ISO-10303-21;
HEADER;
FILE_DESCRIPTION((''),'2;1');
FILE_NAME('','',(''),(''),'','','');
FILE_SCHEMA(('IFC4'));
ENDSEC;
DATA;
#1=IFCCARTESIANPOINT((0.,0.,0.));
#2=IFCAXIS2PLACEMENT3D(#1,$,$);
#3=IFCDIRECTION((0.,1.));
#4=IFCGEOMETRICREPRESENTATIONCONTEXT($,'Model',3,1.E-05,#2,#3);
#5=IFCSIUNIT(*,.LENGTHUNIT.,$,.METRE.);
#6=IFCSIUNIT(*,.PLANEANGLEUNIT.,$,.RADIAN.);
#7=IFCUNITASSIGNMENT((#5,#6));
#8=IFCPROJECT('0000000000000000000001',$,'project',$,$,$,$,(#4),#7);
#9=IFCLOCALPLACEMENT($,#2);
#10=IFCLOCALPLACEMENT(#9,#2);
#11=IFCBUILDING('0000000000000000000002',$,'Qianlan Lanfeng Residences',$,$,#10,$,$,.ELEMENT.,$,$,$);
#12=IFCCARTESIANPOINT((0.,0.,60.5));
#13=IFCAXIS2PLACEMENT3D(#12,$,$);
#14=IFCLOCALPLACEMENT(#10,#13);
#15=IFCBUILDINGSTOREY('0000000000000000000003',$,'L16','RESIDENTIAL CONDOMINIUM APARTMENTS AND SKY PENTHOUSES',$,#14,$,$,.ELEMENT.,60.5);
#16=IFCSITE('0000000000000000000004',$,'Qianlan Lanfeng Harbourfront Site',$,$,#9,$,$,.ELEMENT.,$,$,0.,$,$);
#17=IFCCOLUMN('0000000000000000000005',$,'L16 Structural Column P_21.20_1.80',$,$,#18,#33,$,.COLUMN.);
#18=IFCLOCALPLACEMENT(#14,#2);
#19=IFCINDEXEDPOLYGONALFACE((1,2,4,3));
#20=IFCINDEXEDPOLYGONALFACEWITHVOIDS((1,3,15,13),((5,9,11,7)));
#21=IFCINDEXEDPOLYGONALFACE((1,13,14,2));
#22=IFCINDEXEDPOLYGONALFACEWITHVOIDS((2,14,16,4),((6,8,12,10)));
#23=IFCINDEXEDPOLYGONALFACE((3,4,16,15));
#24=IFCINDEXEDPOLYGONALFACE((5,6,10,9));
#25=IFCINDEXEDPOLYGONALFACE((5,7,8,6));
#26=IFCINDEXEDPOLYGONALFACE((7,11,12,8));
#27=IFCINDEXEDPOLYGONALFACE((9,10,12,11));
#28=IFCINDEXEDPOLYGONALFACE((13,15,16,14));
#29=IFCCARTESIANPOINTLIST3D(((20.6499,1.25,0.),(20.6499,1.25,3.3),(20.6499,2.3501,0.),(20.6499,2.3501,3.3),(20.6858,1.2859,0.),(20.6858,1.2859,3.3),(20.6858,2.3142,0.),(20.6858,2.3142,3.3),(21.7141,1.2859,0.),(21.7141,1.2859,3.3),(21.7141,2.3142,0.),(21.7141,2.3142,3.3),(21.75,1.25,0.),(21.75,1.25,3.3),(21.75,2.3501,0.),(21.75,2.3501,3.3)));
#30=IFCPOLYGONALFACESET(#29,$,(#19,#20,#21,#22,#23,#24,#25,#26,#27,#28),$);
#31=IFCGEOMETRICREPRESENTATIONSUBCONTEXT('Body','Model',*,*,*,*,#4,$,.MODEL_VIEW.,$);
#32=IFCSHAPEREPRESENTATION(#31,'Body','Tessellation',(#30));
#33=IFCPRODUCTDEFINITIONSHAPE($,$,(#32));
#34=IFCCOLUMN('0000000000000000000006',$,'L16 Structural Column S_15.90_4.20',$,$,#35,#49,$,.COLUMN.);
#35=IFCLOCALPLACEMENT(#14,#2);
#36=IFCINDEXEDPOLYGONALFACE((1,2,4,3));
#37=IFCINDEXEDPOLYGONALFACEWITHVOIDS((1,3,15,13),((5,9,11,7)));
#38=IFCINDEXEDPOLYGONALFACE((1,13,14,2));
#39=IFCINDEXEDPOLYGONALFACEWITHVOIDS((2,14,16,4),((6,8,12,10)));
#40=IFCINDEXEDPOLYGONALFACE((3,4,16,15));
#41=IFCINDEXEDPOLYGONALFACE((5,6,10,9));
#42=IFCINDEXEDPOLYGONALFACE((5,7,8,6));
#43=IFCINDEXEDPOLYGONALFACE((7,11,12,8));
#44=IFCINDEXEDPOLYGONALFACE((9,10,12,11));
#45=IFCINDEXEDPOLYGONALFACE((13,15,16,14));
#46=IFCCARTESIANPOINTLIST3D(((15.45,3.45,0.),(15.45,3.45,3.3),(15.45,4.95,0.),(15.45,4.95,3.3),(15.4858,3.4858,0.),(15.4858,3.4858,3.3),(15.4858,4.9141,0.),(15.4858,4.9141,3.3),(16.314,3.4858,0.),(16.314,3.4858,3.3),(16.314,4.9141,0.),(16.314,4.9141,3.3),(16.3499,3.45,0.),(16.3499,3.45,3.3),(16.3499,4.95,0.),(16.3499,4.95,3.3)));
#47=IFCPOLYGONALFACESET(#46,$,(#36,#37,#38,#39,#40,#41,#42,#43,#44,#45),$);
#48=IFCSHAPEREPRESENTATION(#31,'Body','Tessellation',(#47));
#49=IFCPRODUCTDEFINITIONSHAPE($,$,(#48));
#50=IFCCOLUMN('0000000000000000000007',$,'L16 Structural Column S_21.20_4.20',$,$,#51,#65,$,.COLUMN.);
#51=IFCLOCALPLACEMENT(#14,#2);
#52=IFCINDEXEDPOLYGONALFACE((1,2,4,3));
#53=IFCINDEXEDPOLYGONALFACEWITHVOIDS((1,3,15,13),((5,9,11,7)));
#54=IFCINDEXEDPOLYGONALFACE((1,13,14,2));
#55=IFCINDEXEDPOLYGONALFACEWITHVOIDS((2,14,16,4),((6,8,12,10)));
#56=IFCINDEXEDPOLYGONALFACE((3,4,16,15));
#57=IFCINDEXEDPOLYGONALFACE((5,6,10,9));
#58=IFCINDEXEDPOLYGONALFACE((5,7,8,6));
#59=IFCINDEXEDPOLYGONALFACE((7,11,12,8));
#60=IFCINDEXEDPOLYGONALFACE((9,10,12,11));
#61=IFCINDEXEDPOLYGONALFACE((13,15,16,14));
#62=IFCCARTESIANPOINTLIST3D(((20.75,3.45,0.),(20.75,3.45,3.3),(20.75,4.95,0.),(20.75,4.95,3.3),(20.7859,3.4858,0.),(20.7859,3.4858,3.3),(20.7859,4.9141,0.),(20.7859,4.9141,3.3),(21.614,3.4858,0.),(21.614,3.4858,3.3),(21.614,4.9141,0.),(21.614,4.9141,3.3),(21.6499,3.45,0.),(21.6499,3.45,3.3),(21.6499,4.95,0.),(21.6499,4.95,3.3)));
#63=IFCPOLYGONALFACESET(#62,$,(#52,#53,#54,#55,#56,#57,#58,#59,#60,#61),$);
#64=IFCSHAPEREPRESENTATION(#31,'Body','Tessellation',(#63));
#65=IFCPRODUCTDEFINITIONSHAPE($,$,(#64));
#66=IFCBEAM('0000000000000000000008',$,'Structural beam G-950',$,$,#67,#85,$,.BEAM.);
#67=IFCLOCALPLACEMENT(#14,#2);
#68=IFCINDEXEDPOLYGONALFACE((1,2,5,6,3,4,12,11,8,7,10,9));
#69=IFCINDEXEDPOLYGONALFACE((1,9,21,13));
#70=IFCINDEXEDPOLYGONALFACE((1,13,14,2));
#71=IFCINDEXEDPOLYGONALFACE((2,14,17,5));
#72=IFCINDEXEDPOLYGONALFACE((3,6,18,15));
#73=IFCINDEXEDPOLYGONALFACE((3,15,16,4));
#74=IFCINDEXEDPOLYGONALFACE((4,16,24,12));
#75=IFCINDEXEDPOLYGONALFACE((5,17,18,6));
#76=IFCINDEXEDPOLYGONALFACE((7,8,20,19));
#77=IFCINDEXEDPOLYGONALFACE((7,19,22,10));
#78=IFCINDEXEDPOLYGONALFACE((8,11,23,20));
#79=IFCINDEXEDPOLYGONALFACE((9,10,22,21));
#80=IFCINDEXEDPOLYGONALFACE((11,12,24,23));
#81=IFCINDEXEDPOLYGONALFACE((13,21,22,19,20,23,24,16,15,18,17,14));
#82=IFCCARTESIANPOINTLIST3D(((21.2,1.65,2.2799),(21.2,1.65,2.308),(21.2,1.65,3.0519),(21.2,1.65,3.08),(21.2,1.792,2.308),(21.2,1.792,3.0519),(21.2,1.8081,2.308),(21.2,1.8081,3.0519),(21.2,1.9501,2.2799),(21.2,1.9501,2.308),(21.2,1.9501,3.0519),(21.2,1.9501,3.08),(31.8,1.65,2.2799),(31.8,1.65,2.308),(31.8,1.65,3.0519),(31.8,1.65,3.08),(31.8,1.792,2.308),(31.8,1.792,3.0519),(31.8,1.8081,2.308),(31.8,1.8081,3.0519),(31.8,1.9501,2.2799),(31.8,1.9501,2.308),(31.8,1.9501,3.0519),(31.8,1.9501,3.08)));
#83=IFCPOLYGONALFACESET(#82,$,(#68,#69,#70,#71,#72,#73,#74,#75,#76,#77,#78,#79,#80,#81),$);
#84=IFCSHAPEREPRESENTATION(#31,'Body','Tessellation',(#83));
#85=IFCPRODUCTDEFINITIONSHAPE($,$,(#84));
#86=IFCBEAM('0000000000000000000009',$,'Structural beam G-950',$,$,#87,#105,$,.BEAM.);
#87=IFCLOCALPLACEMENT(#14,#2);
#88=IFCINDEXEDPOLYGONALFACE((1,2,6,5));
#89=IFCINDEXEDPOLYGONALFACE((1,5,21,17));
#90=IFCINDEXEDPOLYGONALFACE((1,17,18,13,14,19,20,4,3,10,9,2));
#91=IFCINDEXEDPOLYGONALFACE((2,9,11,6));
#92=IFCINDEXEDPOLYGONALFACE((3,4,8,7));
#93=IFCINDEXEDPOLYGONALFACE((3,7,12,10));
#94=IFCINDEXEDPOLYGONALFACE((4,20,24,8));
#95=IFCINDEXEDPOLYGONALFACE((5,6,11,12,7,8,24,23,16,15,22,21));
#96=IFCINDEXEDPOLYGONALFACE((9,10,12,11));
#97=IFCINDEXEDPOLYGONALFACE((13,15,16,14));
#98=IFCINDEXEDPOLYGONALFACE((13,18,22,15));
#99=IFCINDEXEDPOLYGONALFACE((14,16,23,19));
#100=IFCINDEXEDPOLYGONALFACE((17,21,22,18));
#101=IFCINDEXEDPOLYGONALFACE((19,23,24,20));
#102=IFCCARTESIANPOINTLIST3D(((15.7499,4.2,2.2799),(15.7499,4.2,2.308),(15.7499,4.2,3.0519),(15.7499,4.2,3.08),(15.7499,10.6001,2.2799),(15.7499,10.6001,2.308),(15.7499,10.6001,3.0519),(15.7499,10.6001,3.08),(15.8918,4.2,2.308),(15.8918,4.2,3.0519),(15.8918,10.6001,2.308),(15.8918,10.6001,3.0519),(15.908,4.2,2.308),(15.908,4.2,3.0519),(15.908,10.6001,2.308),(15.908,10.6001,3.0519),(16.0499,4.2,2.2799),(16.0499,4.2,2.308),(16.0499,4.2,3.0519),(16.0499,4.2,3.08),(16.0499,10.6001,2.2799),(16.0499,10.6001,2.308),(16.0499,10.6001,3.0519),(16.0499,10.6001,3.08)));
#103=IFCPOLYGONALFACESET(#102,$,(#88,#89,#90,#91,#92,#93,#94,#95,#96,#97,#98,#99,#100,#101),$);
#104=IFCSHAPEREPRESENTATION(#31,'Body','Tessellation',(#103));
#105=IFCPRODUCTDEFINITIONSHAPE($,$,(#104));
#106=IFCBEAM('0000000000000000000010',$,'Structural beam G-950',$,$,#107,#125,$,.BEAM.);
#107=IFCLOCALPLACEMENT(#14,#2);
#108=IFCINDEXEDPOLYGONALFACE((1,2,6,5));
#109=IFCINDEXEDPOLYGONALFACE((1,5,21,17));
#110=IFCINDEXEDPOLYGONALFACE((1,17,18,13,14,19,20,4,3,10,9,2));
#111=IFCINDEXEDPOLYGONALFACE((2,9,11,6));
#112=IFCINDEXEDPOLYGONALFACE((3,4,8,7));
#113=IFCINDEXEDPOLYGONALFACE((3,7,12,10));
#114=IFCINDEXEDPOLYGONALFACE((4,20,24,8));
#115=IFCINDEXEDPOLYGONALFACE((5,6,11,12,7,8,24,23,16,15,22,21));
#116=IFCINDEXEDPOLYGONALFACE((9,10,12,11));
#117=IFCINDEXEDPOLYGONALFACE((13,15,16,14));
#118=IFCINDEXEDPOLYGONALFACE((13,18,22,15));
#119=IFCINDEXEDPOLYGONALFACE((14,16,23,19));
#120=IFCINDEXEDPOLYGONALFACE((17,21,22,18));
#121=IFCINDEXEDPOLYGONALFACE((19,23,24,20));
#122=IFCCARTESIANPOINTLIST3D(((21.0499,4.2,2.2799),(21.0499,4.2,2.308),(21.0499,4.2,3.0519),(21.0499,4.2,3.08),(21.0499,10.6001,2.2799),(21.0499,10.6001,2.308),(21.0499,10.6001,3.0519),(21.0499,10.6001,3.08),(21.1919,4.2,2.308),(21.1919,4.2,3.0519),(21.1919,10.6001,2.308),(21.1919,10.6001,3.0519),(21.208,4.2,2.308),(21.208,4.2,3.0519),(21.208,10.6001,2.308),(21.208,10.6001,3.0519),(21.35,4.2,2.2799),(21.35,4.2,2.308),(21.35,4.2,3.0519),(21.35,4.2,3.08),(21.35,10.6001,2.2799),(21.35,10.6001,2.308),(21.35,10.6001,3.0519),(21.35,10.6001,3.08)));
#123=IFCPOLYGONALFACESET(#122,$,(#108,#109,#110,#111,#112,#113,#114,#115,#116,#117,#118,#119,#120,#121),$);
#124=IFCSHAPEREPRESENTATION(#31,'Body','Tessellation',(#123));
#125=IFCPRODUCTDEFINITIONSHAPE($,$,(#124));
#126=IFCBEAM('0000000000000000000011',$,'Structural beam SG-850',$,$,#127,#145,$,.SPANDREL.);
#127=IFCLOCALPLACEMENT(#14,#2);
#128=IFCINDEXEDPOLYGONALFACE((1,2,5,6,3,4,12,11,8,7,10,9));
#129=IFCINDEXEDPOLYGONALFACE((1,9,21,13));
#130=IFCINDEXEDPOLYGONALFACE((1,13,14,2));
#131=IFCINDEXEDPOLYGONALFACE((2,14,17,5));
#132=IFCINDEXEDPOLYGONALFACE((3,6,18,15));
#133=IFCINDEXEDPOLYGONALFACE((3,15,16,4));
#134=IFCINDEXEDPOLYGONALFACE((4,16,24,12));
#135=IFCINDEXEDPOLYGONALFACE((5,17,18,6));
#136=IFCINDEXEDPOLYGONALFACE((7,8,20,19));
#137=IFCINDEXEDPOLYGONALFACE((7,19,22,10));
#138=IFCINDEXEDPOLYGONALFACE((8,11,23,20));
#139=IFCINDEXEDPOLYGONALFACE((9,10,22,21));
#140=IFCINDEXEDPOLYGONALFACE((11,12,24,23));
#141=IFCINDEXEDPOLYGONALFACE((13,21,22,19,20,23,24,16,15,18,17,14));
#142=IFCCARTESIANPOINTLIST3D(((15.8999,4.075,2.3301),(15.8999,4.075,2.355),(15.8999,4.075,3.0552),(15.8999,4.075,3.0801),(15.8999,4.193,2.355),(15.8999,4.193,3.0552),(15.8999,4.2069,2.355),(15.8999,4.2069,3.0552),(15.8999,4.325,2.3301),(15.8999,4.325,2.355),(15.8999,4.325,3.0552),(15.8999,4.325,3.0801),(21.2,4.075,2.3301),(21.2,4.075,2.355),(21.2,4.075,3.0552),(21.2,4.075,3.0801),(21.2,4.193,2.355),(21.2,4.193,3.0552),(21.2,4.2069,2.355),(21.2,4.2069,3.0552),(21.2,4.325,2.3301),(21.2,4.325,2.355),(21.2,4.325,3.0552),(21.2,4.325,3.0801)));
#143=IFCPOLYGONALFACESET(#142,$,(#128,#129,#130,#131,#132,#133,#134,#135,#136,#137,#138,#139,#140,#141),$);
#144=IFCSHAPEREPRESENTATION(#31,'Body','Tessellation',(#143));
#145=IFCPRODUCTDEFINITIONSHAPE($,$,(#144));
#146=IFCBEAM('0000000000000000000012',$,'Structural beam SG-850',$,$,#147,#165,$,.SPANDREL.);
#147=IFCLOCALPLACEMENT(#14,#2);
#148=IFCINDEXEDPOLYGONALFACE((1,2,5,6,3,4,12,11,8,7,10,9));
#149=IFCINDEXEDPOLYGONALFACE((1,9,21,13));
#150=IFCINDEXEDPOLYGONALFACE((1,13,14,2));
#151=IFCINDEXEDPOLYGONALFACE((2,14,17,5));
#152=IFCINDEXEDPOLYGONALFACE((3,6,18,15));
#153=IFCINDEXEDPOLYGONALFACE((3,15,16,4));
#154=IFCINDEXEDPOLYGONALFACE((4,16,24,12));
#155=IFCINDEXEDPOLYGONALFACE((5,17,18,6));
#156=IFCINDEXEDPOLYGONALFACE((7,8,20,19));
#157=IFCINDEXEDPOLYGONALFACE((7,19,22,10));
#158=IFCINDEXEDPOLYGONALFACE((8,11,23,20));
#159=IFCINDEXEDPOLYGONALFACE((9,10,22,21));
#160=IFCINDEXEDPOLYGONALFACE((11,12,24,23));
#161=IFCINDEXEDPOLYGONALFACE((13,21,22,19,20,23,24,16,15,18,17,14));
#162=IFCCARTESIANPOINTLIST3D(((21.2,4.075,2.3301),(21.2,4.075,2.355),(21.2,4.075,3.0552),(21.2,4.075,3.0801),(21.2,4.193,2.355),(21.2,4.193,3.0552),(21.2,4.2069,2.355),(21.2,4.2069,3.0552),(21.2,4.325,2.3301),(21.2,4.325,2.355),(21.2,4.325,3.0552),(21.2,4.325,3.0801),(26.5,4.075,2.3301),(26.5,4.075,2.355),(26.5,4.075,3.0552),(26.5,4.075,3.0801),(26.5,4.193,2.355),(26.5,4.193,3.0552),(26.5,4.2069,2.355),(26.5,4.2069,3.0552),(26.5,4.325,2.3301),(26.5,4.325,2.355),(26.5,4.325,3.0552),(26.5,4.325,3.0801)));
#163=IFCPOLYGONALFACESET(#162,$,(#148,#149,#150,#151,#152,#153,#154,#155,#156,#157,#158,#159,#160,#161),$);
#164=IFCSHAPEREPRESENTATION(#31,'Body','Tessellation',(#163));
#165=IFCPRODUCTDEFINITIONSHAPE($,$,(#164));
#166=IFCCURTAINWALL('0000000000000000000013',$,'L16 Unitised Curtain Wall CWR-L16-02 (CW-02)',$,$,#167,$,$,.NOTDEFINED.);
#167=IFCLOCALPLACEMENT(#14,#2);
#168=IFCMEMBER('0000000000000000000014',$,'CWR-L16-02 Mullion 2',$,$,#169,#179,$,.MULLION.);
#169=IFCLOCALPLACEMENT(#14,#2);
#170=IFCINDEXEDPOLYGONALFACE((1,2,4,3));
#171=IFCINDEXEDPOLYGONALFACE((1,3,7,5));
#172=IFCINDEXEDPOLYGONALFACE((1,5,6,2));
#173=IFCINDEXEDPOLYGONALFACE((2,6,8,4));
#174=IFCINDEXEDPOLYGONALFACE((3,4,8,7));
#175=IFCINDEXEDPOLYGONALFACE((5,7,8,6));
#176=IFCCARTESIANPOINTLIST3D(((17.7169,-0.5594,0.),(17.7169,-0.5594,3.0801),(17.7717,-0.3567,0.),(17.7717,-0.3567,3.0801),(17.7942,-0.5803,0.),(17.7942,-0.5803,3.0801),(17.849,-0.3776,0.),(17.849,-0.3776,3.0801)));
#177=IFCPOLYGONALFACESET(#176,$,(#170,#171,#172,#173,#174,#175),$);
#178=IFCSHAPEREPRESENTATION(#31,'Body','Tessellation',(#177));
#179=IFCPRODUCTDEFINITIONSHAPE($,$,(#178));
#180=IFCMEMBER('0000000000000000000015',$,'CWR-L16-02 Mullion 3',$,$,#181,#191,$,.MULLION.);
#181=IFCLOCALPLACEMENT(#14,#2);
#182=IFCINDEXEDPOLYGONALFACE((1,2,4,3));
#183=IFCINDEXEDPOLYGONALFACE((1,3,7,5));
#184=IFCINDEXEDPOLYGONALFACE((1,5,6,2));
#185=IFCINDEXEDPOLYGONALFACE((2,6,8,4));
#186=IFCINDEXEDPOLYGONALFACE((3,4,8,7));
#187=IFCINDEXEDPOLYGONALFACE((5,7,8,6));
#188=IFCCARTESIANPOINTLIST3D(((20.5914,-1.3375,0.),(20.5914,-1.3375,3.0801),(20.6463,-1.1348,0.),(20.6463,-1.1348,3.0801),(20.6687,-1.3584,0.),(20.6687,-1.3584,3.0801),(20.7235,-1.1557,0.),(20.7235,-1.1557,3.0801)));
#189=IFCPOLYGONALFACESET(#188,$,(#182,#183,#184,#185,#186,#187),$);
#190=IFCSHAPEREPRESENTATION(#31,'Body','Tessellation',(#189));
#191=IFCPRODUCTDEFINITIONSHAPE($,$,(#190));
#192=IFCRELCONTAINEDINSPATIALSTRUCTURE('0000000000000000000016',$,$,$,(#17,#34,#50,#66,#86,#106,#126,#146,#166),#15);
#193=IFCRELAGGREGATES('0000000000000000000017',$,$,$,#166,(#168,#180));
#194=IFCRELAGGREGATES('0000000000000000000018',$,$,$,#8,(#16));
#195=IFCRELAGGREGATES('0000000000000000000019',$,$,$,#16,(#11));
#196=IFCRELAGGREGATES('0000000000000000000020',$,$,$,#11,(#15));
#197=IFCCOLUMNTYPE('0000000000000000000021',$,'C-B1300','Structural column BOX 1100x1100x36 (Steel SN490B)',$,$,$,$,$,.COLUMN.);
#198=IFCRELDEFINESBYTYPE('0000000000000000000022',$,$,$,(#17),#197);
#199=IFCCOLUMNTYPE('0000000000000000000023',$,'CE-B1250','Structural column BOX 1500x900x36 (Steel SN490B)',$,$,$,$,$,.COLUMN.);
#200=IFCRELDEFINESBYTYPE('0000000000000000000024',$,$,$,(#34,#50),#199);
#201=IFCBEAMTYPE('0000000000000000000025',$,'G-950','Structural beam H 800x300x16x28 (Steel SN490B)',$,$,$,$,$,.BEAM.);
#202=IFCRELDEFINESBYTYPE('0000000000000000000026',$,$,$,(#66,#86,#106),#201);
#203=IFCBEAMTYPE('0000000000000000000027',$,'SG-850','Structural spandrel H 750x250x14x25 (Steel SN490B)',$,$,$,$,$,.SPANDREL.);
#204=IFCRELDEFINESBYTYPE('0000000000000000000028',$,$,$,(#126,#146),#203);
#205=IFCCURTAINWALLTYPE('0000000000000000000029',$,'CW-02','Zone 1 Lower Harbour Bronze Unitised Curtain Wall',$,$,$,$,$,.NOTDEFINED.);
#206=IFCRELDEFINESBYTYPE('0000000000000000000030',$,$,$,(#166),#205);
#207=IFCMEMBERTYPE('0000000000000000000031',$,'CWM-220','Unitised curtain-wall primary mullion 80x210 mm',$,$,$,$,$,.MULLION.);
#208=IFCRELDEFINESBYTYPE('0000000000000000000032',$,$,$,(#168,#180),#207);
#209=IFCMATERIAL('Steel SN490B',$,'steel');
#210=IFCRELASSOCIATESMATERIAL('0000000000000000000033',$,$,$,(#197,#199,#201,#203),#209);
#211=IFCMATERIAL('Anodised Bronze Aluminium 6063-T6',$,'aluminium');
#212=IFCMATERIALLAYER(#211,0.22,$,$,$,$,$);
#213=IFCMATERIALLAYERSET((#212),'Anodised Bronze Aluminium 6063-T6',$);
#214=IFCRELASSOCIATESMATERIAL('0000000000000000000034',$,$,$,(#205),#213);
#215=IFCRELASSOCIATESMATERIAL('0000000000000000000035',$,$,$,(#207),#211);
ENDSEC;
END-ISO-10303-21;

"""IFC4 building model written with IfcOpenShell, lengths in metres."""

from ifc_helpers import new_model, si_unit, direction, frame, origin, origin_2d, place, context, subcontext, project, spatial, rectangle, hollow_rectangle, i_section, extrude, source, transform, mapped, material, layer, layer_set, material_profile, profile_set, type_object, element, aggregate, save


model = new_model("IFC4")

# Units and contexts
model_context = context("Model", 3, precision=1e-05, world=origin(), true_north=direction((0.0, 1.0)))
body_context = subcontext(model_context, "Body", "Model", "MODEL_VIEW")
ifc_project = project(units=[si_unit("LENGTHUNIT", "METRE"), si_unit("PLANEANGLEUNIT", "RADIAN")], contexts=[model_context])

# Site, building, storey
site_placement = place(None, origin())
site = spatial("IfcSite", under=ifc_project, at=site_placement, Name="Qianlan Lanfeng Harbourfront Site", CompositionType="ELEMENT", RefElevation=0.0)
building_placement = place(site_placement, origin())
building = spatial("IfcBuilding", under=site, at=building_placement, Name="Qianlan Lanfeng Residences", CompositionType="ELEMENT")
storey_placement = place(building_placement, frame((0.0, 0.0, 60.5)))
storey = spatial("IfcBuildingStorey", under=building, at=storey_placement, Name="L16", Description="RESIDENTIAL CONDOMINIUM APARTMENTS AND SKY PENTHOUSES", CompositionType="ELEMENT", Elevation=60.5)

# Columns
ifc_material_1 = material(Name="Steel SN490B", Category="steel")
ifc_material_profile_1 = material_profile(ifc_material_1, hollow_rectangle(XDim=1.1001, YDim=1.1001, WallThickness=0.0359, at=origin_2d()), Name="BOX 1100x1100x36")
ifc_profile_set_1 = profile_set([ifc_material_profile_1], Name="Steel SN490B")
column_type_1 = type_object("IfcColumnType", Name="C-B1300", Description="Structural column BOX 1100x1100x36 (Steel SN490B)", PredefinedType="COLUMN", material=ifc_profile_set_1)
column_placement = place(storey_placement, frame((21.2, 1.8, 0.0), z_axis=(0.0, 0.0, 1.0), x_axis=(1.0, 0.0, 0.0)))
element("IfcColumn", 1, at=column_placement, inside=storey, type_object=column_type_1, Name="L16 Structural Column P_21.20_1.80", PredefinedType="COLUMN", context=body_context, shape_type="SweptSolid", body=[
    extrude(hollow_rectangle(XDim=1.1001, YDim=1.1001, WallThickness=0.0359, at=origin_2d()), origin(), (0.0, 0.0, 1.0), 3.3),
])
ifc_material_profile_2 = material_profile(ifc_material_1, hollow_rectangle(XDim=0.8999, YDim=1.5, WallThickness=0.0359, at=origin_2d()), Name="BOX 1500x900x36")
ifc_profile_set_2 = profile_set([ifc_material_profile_2], Name="Steel SN490B")
column_type_2 = type_object("IfcColumnType", Name="CE-B1250", Description="Structural column BOX 1500x900x36 (Steel SN490B)", PredefinedType="COLUMN", material=ifc_profile_set_2)
for number, where, z_axis, x_axis, name in (
    (2, (15.8999, 4.2, 0.0), (0.0, 0.0, 1.0), (1.0, 0.0, 0.0), "L16 Structural Column S_15.90_4.20"),
    (3, (21.2, 4.2, 0.0), (0.0, 0.0, 1.0), (1.0, 0.0, 0.0), "L16 Structural Column S_21.20_4.20"),
):
    element("IfcColumn", number, at=place(storey_placement, frame(where, z_axis=z_axis, x_axis=x_axis)), inside=storey, type_object=column_type_2, Name=name, PredefinedType="COLUMN", context=body_context, shape_type="SweptSolid", body=[
        extrude(hollow_rectangle(XDim=0.8999, YDim=1.5, WallThickness=0.0359, at=origin_2d()), origin(), (0.0, 0.0, 1.0), 3.3),
    ])

# Beams
ifc_material_profile_3 = material_profile(ifc_material_1, i_section(OverallWidth=0.3, OverallDepth=0.8, WebThickness=0.0161, FlangeThickness=0.0281, at=origin_2d()), Name="H 800x300x16x28")
ifc_profile_set_3 = profile_set([ifc_material_profile_3], Name="Steel SN490B")
beam_type_1 = type_object("IfcBeamType", Name="G-950", Description="Structural beam H 800x300x16x28 (Steel SN490B)", PredefinedType="BEAM", material=ifc_profile_set_3)
beam_placement = place(storey_placement, frame((21.2, 1.8, 2.6799), z_axis=(1.0, 0.0, 0.0), x_axis=(0.0, 1.0, 0.0)))
element("IfcBeam", 4, at=beam_placement, inside=storey, type_object=beam_type_1, Name="Structural beam G-950", PredefinedType="BEAM", context=body_context, shape_type="SweptSolid", body=[
    extrude(i_section(OverallWidth=0.3, OverallDepth=0.8, WebThickness=0.0161, FlangeThickness=0.0281, at=origin_2d()), origin(), (0.0, 0.0, 1.0), 10.6001),
])
for number, where, z_axis, x_axis, name in (
    (5, (15.8999, 4.2, 2.6799), (0.0, 1.0, 0.0), (-1.0, 0.0, 0.0), "Structural beam G-950"),
    (6, (21.2, 4.2, 2.6799), (0.0, 1.0, 0.0), (-1.0, 0.0, 0.0), "Structural beam G-950"),
):
    element("IfcBeam", number, at=place(storey_placement, frame(where, z_axis=z_axis, x_axis=x_axis)), inside=storey, type_object=beam_type_1, Name=name, PredefinedType="BEAM", context=body_context, shape_type="SweptSolid", body=[
        extrude(i_section(OverallWidth=0.3, OverallDepth=0.8, WebThickness=0.0161, FlangeThickness=0.0281, at=origin_2d()), origin(), (0.0, 0.0, 1.0), 6.4001),
    ])
ifc_material_profile_4 = material_profile(ifc_material_1, i_section(OverallWidth=0.25, OverallDepth=0.75, WebThickness=0.0139, FlangeThickness=0.0249, at=origin_2d()), Name="H 750x250x14x25")
ifc_profile_set_4 = profile_set([ifc_material_profile_4], Name="Steel SN490B")
beam_type_2 = type_object("IfcBeamType", Name="SG-850", Description="Structural spandrel H 750x250x14x25 (Steel SN490B)", PredefinedType="SPANDREL", material=ifc_profile_set_4)
for number, where, z_axis, x_axis, name in (
    (7, (15.8999, 4.2, 2.7051), (1.0, 0.0, 0.0), (0.0, 1.0, 0.0), "Structural beam SG-850"),
    (8, (21.2, 4.2, 2.7051), (1.0, 0.0, 0.0), (0.0, 1.0, 0.0), "Structural beam SG-850"),
):
    element("IfcBeam", number, at=place(storey_placement, frame(where, z_axis=z_axis, x_axis=x_axis)), inside=storey, type_object=beam_type_2, Name=name, PredefinedType="SPANDREL", context=body_context, shape_type="SweptSolid", body=[
        extrude(i_section(OverallWidth=0.25, OverallDepth=0.75, WebThickness=0.0139, FlangeThickness=0.0249, at=origin_2d()), origin(), (0.0, 0.0, 1.0), 5.3),
    ])

# Curtain wall, members
ifc_material_2 = material(Name="Anodised Bronze Aluminium 6063-T6", Category="aluminium")
ifc_layer_1 = layer(ifc_material_2, 0.22)
ifc_layer_set_1 = layer_set([ifc_layer_1], Name="Anodised Bronze Aluminium 6063-T6")
curtain_wall_type = type_object("IfcCurtainWallType", Name="CW-02", Description="Zone 1 Lower Harbour Bronze Unitised Curtain Wall", PredefinedType="NOTDEFINED", material=ifc_layer_set_1)
curtain_wall_1_placement = place(storey_placement, origin())
curtain_wall_1 = element("IfcCurtainWall", 9, at=curtain_wall_1_placement, inside=storey, type_object=curtain_wall_type, Name="L16 Unitised Curtain Wall CWR-L16-02 (CW-02)", PredefinedType="NOTDEFINED")
ifc_material_profile_5 = material_profile(ifc_material_2, rectangle(XDim=0.0801, YDim=0.21, at=origin_2d()), Name="ALU MULLION 80x210")
ifc_profile_set_5 = profile_set([ifc_material_profile_5], Name="Anodised Bronze Aluminium 6063-T6")
member_type_1 = type_object("IfcMemberType", Name="CWM-220", Description="Unitised curtain-wall primary mullion 80x210 mm", PredefinedType="MULLION", material=ifc_profile_set_5)
shared_shape_1 = source(origin(), body_context, "Body", "SweptSolid", [
    extrude(rectangle(XDim=0.0801, YDim=0.21, at=origin_2d()), origin(), (0.0, 0.0, 1.0), 3.0801),
])
member_1_placement = place(storey_placement, frame((17.783, -0.4685, 0.0), z_axis=(0.0, 0.0, 1.0), x_axis=(0.965263, -0.261281, 0.0)))
member_1 = element("IfcMember", 10, at=member_1_placement, type_object=member_type_1, Name="CWR-L16-02 Mullion 2", PredefinedType="MULLION", context=body_context, shape_type="MappedRepresentation", body=[
    mapped(shared_shape_1, transform((0.0, 0.0, 0.0), scale=1.0)),
])
member_2_placement = place(storey_placement, frame((20.6575, -1.2466, 0.0), z_axis=(0.0, 0.0, 1.0), x_axis=(0.965263, -0.261281, 0.0)))
member_2 = element("IfcMember", 11, at=member_2_placement, type_object=member_type_1, Name="CWR-L16-02 Mullion 3", PredefinedType="MULLION", context=body_context, shape_type="MappedRepresentation", body=[
    mapped(shared_shape_1, transform((0.0, 0.0, 0.0), scale=1.0)),
])

aggregate(curtain_wall_1, [member_1, member_2])

save(model, "model.ifc")
